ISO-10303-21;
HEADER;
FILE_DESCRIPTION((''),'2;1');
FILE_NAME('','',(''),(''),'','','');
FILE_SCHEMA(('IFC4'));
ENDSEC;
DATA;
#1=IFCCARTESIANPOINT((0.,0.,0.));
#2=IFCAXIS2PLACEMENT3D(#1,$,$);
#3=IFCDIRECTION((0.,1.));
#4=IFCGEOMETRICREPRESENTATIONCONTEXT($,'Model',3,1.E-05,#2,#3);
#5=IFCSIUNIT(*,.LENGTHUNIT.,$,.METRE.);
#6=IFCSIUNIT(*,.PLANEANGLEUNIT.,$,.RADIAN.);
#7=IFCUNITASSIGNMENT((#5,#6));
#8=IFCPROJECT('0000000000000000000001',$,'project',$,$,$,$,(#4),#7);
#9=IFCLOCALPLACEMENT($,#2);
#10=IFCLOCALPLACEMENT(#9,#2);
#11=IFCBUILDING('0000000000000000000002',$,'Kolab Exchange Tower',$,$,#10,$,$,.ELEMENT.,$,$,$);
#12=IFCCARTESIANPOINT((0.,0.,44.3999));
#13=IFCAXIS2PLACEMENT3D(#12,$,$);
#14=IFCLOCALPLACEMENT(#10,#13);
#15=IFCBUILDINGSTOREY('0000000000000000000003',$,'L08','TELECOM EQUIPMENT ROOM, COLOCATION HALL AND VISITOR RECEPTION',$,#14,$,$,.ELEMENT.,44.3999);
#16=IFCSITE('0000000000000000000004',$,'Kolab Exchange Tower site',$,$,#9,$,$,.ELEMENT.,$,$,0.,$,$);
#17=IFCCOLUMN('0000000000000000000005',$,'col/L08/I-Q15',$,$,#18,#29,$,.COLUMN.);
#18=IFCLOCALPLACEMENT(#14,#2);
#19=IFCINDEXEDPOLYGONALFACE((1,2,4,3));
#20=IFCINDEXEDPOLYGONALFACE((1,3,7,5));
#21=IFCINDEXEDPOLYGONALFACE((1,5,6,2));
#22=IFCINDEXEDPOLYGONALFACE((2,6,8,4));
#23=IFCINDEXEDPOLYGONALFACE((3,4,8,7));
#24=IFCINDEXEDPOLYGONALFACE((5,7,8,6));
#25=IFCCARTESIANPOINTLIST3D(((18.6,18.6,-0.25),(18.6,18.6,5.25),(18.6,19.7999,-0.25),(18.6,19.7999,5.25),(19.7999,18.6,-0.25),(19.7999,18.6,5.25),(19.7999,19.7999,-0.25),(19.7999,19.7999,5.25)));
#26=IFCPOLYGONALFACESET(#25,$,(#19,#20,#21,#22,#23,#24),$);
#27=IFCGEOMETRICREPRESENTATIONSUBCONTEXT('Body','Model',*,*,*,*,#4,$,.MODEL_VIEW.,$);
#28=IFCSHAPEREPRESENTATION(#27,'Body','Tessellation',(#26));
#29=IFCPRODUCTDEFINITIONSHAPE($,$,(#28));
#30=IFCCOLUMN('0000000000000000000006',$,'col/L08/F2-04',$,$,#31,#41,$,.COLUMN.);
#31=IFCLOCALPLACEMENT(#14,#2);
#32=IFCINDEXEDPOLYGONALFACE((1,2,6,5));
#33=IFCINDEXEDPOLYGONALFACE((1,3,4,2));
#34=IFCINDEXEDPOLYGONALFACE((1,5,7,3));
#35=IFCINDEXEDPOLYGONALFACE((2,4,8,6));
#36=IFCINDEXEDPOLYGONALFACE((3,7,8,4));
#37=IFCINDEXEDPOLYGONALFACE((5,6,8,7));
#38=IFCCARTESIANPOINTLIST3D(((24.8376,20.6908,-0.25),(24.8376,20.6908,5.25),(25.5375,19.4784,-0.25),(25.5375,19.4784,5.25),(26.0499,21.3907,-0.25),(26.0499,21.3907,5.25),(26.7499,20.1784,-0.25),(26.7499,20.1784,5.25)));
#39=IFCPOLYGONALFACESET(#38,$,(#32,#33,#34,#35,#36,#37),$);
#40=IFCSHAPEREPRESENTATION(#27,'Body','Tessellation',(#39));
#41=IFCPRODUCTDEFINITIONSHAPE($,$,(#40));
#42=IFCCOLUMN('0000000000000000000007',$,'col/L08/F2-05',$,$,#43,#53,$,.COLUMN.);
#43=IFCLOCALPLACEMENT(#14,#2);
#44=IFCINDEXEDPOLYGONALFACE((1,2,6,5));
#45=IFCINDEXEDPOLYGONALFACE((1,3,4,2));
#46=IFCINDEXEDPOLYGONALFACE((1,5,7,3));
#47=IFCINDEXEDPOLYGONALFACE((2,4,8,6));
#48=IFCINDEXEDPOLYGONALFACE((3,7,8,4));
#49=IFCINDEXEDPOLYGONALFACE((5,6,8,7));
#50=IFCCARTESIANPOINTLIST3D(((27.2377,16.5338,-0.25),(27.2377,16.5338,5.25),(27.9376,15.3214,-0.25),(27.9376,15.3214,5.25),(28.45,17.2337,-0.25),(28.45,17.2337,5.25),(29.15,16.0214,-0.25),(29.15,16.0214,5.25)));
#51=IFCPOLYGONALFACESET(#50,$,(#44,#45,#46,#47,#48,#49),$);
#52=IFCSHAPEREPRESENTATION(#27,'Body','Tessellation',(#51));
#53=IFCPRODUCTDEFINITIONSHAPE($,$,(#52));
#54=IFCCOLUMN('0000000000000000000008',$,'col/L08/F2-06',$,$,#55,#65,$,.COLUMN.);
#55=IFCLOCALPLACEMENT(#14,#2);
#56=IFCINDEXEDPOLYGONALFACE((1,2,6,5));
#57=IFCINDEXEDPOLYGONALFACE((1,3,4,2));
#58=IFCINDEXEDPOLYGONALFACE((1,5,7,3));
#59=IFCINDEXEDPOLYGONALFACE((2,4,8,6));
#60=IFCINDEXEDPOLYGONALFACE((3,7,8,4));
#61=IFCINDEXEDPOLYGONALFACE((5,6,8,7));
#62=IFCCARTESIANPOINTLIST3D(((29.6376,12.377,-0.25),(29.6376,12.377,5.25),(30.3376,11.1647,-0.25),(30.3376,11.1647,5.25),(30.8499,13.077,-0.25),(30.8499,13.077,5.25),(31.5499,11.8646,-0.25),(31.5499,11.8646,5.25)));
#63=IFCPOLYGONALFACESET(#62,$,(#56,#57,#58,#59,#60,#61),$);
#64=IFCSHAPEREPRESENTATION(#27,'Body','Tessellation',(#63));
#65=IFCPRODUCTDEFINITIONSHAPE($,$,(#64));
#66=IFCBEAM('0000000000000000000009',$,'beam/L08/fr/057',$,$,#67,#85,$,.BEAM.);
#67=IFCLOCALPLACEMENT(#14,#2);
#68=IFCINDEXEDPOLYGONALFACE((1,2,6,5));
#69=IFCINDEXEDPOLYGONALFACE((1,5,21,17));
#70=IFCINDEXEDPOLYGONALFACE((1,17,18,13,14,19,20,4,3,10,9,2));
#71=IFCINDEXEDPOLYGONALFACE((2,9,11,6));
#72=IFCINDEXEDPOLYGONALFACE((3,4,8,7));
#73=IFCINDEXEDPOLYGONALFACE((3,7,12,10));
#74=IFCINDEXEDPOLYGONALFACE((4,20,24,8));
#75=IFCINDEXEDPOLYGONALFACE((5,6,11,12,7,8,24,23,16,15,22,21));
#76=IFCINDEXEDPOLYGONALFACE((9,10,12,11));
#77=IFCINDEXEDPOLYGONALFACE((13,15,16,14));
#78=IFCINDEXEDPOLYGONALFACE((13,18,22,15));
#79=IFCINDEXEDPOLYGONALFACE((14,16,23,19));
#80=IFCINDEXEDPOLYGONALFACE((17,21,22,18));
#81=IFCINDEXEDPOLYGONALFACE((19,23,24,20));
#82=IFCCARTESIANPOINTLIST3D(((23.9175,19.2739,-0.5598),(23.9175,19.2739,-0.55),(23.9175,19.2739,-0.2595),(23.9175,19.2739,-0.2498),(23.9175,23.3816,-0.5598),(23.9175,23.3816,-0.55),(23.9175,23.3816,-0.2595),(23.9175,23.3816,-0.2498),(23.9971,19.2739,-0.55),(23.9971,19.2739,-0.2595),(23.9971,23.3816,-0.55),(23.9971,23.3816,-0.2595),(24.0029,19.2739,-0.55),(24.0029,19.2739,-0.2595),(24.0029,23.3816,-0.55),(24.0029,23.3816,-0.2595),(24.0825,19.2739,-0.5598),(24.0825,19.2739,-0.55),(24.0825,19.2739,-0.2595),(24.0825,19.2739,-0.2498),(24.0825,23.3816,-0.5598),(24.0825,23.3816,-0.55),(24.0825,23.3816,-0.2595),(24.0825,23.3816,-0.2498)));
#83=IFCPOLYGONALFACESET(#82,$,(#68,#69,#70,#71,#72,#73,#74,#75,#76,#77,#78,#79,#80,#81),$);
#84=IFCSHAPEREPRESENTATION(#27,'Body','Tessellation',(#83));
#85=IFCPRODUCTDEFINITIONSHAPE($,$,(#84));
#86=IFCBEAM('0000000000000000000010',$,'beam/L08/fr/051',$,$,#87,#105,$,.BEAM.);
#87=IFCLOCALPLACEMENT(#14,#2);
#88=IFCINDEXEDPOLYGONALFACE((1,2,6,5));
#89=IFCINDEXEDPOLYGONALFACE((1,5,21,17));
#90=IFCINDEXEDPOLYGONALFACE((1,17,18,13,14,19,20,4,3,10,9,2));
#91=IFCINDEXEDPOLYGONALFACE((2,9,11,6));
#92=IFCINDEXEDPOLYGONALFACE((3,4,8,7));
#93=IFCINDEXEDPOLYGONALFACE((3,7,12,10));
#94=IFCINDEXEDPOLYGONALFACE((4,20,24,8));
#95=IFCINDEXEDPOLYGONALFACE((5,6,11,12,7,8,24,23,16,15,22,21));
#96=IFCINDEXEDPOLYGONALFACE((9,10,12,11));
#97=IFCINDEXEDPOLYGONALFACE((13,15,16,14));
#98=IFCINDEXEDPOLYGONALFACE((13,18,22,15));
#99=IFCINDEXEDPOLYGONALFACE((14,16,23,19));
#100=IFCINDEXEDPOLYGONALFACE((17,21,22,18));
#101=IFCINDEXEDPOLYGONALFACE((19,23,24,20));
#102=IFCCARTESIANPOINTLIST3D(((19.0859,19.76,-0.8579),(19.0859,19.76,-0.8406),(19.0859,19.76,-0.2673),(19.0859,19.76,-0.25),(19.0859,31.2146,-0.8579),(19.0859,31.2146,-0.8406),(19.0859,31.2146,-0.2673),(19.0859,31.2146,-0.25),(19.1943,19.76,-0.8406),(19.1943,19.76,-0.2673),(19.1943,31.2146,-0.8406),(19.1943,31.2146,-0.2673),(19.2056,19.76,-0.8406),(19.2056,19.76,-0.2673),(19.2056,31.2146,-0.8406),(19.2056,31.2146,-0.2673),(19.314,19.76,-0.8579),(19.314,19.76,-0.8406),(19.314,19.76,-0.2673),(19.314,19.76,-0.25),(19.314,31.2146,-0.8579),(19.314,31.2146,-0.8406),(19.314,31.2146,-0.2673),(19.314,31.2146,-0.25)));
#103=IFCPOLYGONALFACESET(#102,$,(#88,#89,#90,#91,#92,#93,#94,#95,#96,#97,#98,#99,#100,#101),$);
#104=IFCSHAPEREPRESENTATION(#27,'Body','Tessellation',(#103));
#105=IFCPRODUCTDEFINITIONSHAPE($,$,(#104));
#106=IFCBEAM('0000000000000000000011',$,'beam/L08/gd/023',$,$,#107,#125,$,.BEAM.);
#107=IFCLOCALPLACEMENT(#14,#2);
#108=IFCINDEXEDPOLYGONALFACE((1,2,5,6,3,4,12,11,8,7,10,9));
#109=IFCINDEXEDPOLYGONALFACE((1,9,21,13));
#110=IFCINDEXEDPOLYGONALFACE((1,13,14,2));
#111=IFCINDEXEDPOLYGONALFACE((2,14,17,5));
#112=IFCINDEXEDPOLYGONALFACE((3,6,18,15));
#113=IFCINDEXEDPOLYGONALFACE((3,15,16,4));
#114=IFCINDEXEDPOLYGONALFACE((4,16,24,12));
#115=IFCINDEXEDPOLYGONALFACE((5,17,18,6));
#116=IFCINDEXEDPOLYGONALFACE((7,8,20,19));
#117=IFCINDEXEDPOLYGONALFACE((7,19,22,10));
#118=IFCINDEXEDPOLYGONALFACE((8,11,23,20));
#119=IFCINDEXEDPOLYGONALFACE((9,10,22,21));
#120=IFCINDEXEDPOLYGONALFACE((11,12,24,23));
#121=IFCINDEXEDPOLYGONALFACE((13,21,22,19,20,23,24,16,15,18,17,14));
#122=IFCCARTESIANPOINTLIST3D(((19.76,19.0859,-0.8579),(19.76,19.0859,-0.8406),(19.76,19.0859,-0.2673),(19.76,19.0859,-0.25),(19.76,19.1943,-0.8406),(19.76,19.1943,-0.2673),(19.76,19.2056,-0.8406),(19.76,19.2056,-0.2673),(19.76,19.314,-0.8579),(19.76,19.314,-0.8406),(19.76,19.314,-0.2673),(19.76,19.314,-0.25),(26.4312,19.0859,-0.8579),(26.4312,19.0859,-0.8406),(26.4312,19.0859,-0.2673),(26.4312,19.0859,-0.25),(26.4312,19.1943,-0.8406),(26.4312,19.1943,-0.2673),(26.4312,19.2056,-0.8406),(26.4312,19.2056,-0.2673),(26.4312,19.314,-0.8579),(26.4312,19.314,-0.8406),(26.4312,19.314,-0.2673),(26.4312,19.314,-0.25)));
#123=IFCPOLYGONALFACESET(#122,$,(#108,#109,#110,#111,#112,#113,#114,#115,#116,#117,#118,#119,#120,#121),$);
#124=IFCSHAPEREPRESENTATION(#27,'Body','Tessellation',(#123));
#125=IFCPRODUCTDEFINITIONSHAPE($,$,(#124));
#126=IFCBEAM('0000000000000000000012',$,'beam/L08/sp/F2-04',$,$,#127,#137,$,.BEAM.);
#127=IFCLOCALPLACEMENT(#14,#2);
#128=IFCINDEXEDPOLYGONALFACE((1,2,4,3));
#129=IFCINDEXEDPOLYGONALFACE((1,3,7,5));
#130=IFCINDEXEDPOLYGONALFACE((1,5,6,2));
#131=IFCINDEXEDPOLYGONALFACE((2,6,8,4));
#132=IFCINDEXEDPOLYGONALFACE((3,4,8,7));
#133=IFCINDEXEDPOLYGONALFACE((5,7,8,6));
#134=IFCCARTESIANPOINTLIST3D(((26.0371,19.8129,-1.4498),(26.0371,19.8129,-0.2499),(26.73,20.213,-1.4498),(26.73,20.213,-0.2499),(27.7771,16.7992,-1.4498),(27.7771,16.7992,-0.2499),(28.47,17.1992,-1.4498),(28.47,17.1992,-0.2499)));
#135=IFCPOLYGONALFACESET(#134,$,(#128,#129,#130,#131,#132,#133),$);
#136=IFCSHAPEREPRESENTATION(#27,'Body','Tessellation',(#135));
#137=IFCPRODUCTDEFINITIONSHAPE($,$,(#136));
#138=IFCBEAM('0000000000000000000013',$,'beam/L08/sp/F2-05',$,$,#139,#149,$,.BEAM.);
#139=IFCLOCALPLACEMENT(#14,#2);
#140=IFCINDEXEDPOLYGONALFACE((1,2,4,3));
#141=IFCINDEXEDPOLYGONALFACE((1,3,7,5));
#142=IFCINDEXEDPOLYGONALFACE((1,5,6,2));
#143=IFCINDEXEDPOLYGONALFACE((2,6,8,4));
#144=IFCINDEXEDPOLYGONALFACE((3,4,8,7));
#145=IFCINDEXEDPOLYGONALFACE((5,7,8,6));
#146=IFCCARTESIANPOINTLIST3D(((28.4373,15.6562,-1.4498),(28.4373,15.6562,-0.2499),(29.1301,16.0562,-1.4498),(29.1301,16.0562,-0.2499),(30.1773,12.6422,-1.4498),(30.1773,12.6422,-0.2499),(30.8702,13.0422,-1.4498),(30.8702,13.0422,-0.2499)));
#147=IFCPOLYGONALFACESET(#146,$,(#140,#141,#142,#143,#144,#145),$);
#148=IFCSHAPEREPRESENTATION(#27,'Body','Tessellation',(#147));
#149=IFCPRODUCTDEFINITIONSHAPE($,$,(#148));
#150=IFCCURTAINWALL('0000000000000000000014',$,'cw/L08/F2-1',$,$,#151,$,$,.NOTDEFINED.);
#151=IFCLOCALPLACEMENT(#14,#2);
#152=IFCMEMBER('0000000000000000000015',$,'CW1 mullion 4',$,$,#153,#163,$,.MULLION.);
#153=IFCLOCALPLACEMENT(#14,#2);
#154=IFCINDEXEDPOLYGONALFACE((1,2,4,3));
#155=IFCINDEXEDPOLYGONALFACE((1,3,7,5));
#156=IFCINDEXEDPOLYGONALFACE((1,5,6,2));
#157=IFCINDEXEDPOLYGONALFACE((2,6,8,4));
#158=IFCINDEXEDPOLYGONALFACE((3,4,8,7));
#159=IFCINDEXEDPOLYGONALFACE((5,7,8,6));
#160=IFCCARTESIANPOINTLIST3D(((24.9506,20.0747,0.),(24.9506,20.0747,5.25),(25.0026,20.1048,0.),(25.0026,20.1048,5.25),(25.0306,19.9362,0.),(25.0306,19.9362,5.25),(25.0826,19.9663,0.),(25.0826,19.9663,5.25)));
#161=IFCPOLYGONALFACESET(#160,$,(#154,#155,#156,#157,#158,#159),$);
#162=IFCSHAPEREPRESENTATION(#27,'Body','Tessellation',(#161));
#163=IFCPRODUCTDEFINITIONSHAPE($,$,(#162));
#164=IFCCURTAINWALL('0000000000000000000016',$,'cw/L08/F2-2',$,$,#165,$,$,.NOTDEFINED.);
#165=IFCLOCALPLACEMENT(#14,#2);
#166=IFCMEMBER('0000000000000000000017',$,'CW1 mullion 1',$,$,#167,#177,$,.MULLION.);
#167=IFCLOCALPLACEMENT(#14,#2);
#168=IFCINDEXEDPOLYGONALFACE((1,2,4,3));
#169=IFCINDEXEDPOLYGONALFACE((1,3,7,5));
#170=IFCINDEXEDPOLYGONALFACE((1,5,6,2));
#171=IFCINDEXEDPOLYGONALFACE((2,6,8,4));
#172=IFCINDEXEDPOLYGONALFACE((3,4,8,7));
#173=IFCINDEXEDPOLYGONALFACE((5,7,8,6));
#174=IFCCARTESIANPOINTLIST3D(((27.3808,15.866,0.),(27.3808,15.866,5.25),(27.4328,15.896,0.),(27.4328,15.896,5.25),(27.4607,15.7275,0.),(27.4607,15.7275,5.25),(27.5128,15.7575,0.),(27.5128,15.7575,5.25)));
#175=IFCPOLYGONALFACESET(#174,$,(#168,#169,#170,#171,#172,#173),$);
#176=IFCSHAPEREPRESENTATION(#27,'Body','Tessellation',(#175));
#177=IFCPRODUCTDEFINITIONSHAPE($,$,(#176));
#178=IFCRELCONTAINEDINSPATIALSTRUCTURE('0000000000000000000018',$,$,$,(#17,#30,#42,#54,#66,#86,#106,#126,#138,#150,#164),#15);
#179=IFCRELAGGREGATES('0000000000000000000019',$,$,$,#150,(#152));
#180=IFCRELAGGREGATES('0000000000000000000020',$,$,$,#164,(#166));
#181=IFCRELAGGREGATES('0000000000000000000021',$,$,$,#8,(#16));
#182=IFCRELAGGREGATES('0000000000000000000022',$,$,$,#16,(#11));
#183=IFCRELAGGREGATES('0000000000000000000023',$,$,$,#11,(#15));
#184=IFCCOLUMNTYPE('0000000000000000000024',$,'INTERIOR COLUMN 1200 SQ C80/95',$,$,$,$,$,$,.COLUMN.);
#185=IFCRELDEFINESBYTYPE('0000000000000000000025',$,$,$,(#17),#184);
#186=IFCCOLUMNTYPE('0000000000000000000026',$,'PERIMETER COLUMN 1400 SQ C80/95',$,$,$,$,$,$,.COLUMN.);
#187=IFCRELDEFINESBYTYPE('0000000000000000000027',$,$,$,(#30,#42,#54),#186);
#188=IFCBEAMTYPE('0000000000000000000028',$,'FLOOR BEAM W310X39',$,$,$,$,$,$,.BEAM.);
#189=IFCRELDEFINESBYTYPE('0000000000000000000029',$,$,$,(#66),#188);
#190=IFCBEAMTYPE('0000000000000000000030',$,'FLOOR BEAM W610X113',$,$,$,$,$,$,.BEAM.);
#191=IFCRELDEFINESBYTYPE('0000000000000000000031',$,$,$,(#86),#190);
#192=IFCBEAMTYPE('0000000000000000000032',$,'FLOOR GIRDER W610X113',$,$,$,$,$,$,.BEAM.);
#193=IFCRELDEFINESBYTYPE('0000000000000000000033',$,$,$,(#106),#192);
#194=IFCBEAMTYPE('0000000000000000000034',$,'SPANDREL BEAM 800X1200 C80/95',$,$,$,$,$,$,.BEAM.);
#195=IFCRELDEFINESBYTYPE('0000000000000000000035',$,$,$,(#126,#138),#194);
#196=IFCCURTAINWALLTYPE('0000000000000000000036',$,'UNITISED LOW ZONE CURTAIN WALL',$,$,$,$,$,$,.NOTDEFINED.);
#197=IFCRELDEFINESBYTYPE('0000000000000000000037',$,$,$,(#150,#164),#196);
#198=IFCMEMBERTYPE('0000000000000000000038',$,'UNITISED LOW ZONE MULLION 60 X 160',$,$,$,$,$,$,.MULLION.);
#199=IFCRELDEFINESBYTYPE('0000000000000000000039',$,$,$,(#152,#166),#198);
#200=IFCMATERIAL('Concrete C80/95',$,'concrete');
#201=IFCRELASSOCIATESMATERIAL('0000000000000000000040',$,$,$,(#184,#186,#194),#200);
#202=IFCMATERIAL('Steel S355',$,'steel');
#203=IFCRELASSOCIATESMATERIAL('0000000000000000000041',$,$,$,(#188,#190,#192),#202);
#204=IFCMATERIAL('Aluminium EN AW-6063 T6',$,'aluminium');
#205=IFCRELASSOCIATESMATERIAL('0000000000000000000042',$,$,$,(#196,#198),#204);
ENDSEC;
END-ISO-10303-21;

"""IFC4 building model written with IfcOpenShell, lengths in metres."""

from ifc_helpers import new_model, si_unit, direction, frame, origin, origin_2d, place, context, subcontext, project, spatial, rectangle, i_section, extrude, material, material_profile, profile_set, type_object, element, aggregate, save


model = new_model("IFC4")

# Units and contexts
model_context = context("Model", 3, precision=1e-05, world=origin(), true_north=direction((0.0, 1.0)))
body_context = subcontext(model_context, "Body", "Model", "MODEL_VIEW")
ifc_project = project(units=[si_unit("LENGTHUNIT", "METRE"), si_unit("PLANEANGLEUNIT", "RADIAN")], contexts=[model_context])

# Site, building, storey
site_placement = place(None, origin())
site = spatial("IfcSite", under=ifc_project, at=site_placement, Name="Kolab Exchange Tower site", CompositionType="ELEMENT", RefElevation=0.0)
building_placement = place(site_placement, origin())
building = spatial("IfcBuilding", under=site, at=building_placement, Name="Kolab Exchange Tower", CompositionType="ELEMENT")
storey_placement = place(building_placement, frame((0.0, 0.0, 44.3999)))
storey = spatial("IfcBuildingStorey", under=building, at=storey_placement, Name="L08", Description="TELECOM EQUIPMENT ROOM, COLOCATION HALL AND VISITOR RECEPTION", CompositionType="ELEMENT", Elevation=44.3999)

# Columns
ifc_material_1 = material(Name="Concrete C80/95", Category="concrete")
ifc_material_profile_1 = material_profile(ifc_material_1, rectangle(XDim=1.2, YDim=1.2, at=origin_2d()), Name="RC1200")
ifc_profile_set_1 = profile_set([ifc_material_profile_1], Name="Concrete C80/95")
column_type_1 = type_object("IfcColumnType", Name="INTERIOR COLUMN 1200 SQ C80/95", PredefinedType="COLUMN", material=ifc_profile_set_1)
column_placement = place(storey_placement, frame((19.2, 19.2, -0.25), z_axis=(0.0, 0.0, 1.0), x_axis=(1.0, 0.0, 0.0)))
element("IfcColumn", 1, at=column_placement, inside=storey, type_object=column_type_1, Name="col/L08/I-Q15", PredefinedType="COLUMN", context=body_context, shape_type="SweptSolid", body=[
    extrude(rectangle(XDim=1.2, YDim=1.2, at=origin_2d()), origin(), (0.0, 0.0, 1.0), 5.5),
])
ifc_material_profile_2 = material_profile(ifc_material_1, rectangle(XDim=1.3999, YDim=1.3999, at=origin_2d()), Name="RC1400")
ifc_profile_set_2 = profile_set([ifc_material_profile_2], Name="Concrete C80/95")
column_type_2 = type_object("IfcColumnType", Name="PERIMETER COLUMN 1400 SQ C80/95", PredefinedType="COLUMN", material=ifc_profile_set_2)
for number, where, z_axis, x_axis, name in (
    (2, (25.7937, 20.4346, -0.25), (0.0, 0.0, 1.0), (0.866025, 0.5, 0.0), "col/L08/F2-04"),
    (3, (28.1938, 16.2776, -0.25), (0.0, 0.0, 1.0), (0.866025, 0.5, 0.0), "col/L08/F2-05"),
    (4, (30.5938, 12.1208, -0.25), (0.0, 0.0, 1.0), (0.866025, 0.5, 0.0), "col/L08/F2-06"),
):
    element("IfcColumn", number, at=place(storey_placement, frame(where, z_axis=z_axis, x_axis=x_axis)), inside=storey, type_object=column_type_2, Name=name, PredefinedType="COLUMN", context=body_context, shape_type="SweptSolid", body=[
        extrude(rectangle(XDim=1.3999, YDim=1.3999, at=origin_2d()), origin(), (0.0, 0.0, 1.0), 5.5),
    ])

# Beams
ifc_material_2 = material(Name="Steel S355", Category="steel")
ifc_material_profile_3 = material_profile(ifc_material_2, i_section(OverallWidth=0.165, OverallDepth=0.3101, WebThickness=0.0059, FlangeThickness=0.0098, at=origin_2d()), Name="W310X39")
ifc_profile_set_3 = profile_set([ifc_material_profile_3], Name="Steel S355")
beam_type_1 = type_object("IfcBeamType", Name="FLOOR BEAM W310X39", PredefinedType="BEAM", material=ifc_profile_set_3)
beam_1_placement = place(storey_placement, frame((24.0, 19.2739, -0.4048), z_axis=(0.0, 1.0, 0.0), x_axis=(-1.0, 0.0, 0.0)))
element("IfcBeam", 5, at=beam_1_placement, inside=storey, type_object=beam_type_1, Name="beam/L08/fr/057", PredefinedType="BEAM", context=body_context, shape_type="SweptSolid", body=[
    extrude(i_section(OverallWidth=0.165, OverallDepth=0.3101, WebThickness=0.0059, FlangeThickness=0.0098, at=origin_2d()), origin(), (0.0, 0.0, 1.0), 4.1077),
])
ifc_material_profile_4 = material_profile(ifc_material_2, i_section(OverallWidth=0.228, OverallDepth=0.6079, WebThickness=0.0112, FlangeThickness=0.0173, at=origin_2d()), Name="W610X113")
ifc_profile_set_4 = profile_set([ifc_material_profile_4], Name="Steel S355")
beam_type_2 = type_object("IfcBeamType", Name="FLOOR BEAM W610X113", PredefinedType="BEAM", material=ifc_profile_set_4)
beam_2_placement = place(storey_placement, frame((19.2, 19.76, -0.554), z_axis=(0.0, 1.0, 0.0), x_axis=(-1.0, 0.0, 0.0)))
element("IfcBeam", 6, at=beam_2_placement, inside=storey, type_object=beam_type_2, Name="beam/L08/fr/051", PredefinedType="BEAM", context=body_context, shape_type="SweptSolid", body=[
    extrude(i_section(OverallWidth=0.228, OverallDepth=0.6079, WebThickness=0.0112, FlangeThickness=0.0173, at=origin_2d()), origin(), (0.0, 0.0, 1.0), 11.4546),
])
ifc_material_profile_5 = material_profile(ifc_material_2, i_section(OverallWidth=0.228, OverallDepth=0.6079, WebThickness=0.0112, FlangeThickness=0.0173, at=origin_2d()), Name="W610X113")
ifc_profile_set_5 = profile_set([ifc_material_profile_5], Name="Steel S355")
beam_type_3 = type_object("IfcBeamType", Name="FLOOR GIRDER W610X113", PredefinedType="BEAM", material=ifc_profile_set_5)
beam_3_placement = place(storey_placement, frame((19.76, 19.2, -0.554), z_axis=(1.0, 0.0, 0.0), x_axis=(0.0, 1.0, 0.0)))
element("IfcBeam", 7, at=beam_3_placement, inside=storey, type_object=beam_type_3, Name="beam/L08/gd/023", PredefinedType="BEAM", context=body_context, shape_type="SweptSolid", body=[
    extrude(i_section(OverallWidth=0.228, OverallDepth=0.6079, WebThickness=0.0112, FlangeThickness=0.0173, at=origin_2d()), origin(), (0.0, 0.0, 1.0), 6.6711),
])
ifc_material_profile_6 = material_profile(ifc_material_1, rectangle(XDim=0.8, YDim=1.2, at=origin_2d()), Name="RC800X1200")
ifc_profile_set_6 = profile_set([ifc_material_profile_6], Name="Concrete C80/95")
beam_type_4 = type_object("IfcBeamType", Name="SPANDREL BEAM 800X1200 C80/95", PredefinedType="BEAM", material=ifc_profile_set_6)
beam_4_placement = place(storey_placement, frame((26.3835, 20.0129, -0.8499), z_axis=(0.50001, -0.86602, 0.0), x_axis=(0.86602, 0.50001, 0.0)))
element("IfcBeam", 8, at=beam_4_placement, inside=storey, type_object=beam_type_4, Name="beam/L08/sp/F2-04", PredefinedType="BEAM", context=body_context, shape_type="SweptSolid", body=[
    extrude(rectangle(XDim=0.8, YDim=1.2, at=origin_2d()), origin(), (0.0, 0.0, 1.0), 3.48),
])
beam_5_placement = place(storey_placement, frame((28.7837, 15.8562, -0.8499), z_axis=(0.49998, -0.866037, 0.0), x_axis=(0.866037, 0.49998, 0.0)))
element("IfcBeam", 9, at=beam_5_placement, inside=storey, type_object=beam_type_4, Name="beam/L08/sp/F2-05", PredefinedType="BEAM", context=body_context, shape_type="SweptSolid", body=[
    extrude(rectangle(XDim=0.8, YDim=1.2, at=origin_2d()), origin(), (0.0, 0.0, 1.0), 3.4802),
])

# Curtain walls, members
ifc_material_3 = material(Name="Aluminium EN AW-6063 T6", Category="aluminium")
curtain_wall_type = type_object("IfcCurtainWallType", Name="UNITISED LOW ZONE CURTAIN WALL", PredefinedType="NOTDEFINED", material=ifc_material_3)
curtain_wall_1_placement = place(storey_placement, origin())
curtain_wall_1 = element("IfcCurtainWall", 10, at=curtain_wall_1_placement, inside=storey, type_object=curtain_wall_type, Name="cw/L08/F2-1", PredefinedType="NOTDEFINED")
ifc_material_profile_7 = material_profile(ifc_material_3, rectangle(XDim=0.0601, YDim=0.1599, at=origin_2d()), Name="RECT 60X160")
ifc_profile_set_7 = profile_set([ifc_material_profile_7], Name="Aluminium EN AW-6063 T6")
member_type_1 = type_object("IfcMemberType", Name="UNITISED LOW ZONE MULLION 60 X 160", PredefinedType="MULLION", material=ifc_profile_set_7)
member_1_placement = place(storey_placement, frame((25.0166, 20.0205, 0.0), z_axis=(0.0, 0.0, 1.0), x_axis=(0.866025, 0.5, 0.0)))
member_1 = element("IfcMember", 11, at=member_1_placement, type_object=member_type_1, Name="CW1 mullion 4", PredefinedType="MULLION", context=body_context, shape_type="SweptSolid", body=[
    extrude(rectangle(XDim=0.0601, YDim=0.1599, at=origin_2d()), origin(), (0.0, 0.0, 1.0), 5.25),
])
curtain_wall_2_placement = place(storey_placement, origin())
curtain_wall_2 = element("IfcCurtainWall", 12, at=curtain_wall_2_placement, inside=storey, type_object=curtain_wall_type, Name="cw/L08/F2-2", PredefinedType="NOTDEFINED")
member_2_placement = place(storey_placement, frame((27.4468, 15.8118, 0.0), z_axis=(0.0, 0.0, 1.0), x_axis=(0.866025, 0.5, 0.0)))
member_2 = element("IfcMember", 13, at=member_2_placement, type_object=member_type_1, Name="CW1 mullion 1", PredefinedType="MULLION", context=body_context, shape_type="SweptSolid", body=[
    extrude(rectangle(XDim=0.0601, YDim=0.1599, at=origin_2d()), origin(), (0.0, 0.0, 1.0), 5.25),
])

aggregate(curtain_wall_1, [member_1])
aggregate(curtain_wall_2, [member_2])

save(model, "model.ifc")
